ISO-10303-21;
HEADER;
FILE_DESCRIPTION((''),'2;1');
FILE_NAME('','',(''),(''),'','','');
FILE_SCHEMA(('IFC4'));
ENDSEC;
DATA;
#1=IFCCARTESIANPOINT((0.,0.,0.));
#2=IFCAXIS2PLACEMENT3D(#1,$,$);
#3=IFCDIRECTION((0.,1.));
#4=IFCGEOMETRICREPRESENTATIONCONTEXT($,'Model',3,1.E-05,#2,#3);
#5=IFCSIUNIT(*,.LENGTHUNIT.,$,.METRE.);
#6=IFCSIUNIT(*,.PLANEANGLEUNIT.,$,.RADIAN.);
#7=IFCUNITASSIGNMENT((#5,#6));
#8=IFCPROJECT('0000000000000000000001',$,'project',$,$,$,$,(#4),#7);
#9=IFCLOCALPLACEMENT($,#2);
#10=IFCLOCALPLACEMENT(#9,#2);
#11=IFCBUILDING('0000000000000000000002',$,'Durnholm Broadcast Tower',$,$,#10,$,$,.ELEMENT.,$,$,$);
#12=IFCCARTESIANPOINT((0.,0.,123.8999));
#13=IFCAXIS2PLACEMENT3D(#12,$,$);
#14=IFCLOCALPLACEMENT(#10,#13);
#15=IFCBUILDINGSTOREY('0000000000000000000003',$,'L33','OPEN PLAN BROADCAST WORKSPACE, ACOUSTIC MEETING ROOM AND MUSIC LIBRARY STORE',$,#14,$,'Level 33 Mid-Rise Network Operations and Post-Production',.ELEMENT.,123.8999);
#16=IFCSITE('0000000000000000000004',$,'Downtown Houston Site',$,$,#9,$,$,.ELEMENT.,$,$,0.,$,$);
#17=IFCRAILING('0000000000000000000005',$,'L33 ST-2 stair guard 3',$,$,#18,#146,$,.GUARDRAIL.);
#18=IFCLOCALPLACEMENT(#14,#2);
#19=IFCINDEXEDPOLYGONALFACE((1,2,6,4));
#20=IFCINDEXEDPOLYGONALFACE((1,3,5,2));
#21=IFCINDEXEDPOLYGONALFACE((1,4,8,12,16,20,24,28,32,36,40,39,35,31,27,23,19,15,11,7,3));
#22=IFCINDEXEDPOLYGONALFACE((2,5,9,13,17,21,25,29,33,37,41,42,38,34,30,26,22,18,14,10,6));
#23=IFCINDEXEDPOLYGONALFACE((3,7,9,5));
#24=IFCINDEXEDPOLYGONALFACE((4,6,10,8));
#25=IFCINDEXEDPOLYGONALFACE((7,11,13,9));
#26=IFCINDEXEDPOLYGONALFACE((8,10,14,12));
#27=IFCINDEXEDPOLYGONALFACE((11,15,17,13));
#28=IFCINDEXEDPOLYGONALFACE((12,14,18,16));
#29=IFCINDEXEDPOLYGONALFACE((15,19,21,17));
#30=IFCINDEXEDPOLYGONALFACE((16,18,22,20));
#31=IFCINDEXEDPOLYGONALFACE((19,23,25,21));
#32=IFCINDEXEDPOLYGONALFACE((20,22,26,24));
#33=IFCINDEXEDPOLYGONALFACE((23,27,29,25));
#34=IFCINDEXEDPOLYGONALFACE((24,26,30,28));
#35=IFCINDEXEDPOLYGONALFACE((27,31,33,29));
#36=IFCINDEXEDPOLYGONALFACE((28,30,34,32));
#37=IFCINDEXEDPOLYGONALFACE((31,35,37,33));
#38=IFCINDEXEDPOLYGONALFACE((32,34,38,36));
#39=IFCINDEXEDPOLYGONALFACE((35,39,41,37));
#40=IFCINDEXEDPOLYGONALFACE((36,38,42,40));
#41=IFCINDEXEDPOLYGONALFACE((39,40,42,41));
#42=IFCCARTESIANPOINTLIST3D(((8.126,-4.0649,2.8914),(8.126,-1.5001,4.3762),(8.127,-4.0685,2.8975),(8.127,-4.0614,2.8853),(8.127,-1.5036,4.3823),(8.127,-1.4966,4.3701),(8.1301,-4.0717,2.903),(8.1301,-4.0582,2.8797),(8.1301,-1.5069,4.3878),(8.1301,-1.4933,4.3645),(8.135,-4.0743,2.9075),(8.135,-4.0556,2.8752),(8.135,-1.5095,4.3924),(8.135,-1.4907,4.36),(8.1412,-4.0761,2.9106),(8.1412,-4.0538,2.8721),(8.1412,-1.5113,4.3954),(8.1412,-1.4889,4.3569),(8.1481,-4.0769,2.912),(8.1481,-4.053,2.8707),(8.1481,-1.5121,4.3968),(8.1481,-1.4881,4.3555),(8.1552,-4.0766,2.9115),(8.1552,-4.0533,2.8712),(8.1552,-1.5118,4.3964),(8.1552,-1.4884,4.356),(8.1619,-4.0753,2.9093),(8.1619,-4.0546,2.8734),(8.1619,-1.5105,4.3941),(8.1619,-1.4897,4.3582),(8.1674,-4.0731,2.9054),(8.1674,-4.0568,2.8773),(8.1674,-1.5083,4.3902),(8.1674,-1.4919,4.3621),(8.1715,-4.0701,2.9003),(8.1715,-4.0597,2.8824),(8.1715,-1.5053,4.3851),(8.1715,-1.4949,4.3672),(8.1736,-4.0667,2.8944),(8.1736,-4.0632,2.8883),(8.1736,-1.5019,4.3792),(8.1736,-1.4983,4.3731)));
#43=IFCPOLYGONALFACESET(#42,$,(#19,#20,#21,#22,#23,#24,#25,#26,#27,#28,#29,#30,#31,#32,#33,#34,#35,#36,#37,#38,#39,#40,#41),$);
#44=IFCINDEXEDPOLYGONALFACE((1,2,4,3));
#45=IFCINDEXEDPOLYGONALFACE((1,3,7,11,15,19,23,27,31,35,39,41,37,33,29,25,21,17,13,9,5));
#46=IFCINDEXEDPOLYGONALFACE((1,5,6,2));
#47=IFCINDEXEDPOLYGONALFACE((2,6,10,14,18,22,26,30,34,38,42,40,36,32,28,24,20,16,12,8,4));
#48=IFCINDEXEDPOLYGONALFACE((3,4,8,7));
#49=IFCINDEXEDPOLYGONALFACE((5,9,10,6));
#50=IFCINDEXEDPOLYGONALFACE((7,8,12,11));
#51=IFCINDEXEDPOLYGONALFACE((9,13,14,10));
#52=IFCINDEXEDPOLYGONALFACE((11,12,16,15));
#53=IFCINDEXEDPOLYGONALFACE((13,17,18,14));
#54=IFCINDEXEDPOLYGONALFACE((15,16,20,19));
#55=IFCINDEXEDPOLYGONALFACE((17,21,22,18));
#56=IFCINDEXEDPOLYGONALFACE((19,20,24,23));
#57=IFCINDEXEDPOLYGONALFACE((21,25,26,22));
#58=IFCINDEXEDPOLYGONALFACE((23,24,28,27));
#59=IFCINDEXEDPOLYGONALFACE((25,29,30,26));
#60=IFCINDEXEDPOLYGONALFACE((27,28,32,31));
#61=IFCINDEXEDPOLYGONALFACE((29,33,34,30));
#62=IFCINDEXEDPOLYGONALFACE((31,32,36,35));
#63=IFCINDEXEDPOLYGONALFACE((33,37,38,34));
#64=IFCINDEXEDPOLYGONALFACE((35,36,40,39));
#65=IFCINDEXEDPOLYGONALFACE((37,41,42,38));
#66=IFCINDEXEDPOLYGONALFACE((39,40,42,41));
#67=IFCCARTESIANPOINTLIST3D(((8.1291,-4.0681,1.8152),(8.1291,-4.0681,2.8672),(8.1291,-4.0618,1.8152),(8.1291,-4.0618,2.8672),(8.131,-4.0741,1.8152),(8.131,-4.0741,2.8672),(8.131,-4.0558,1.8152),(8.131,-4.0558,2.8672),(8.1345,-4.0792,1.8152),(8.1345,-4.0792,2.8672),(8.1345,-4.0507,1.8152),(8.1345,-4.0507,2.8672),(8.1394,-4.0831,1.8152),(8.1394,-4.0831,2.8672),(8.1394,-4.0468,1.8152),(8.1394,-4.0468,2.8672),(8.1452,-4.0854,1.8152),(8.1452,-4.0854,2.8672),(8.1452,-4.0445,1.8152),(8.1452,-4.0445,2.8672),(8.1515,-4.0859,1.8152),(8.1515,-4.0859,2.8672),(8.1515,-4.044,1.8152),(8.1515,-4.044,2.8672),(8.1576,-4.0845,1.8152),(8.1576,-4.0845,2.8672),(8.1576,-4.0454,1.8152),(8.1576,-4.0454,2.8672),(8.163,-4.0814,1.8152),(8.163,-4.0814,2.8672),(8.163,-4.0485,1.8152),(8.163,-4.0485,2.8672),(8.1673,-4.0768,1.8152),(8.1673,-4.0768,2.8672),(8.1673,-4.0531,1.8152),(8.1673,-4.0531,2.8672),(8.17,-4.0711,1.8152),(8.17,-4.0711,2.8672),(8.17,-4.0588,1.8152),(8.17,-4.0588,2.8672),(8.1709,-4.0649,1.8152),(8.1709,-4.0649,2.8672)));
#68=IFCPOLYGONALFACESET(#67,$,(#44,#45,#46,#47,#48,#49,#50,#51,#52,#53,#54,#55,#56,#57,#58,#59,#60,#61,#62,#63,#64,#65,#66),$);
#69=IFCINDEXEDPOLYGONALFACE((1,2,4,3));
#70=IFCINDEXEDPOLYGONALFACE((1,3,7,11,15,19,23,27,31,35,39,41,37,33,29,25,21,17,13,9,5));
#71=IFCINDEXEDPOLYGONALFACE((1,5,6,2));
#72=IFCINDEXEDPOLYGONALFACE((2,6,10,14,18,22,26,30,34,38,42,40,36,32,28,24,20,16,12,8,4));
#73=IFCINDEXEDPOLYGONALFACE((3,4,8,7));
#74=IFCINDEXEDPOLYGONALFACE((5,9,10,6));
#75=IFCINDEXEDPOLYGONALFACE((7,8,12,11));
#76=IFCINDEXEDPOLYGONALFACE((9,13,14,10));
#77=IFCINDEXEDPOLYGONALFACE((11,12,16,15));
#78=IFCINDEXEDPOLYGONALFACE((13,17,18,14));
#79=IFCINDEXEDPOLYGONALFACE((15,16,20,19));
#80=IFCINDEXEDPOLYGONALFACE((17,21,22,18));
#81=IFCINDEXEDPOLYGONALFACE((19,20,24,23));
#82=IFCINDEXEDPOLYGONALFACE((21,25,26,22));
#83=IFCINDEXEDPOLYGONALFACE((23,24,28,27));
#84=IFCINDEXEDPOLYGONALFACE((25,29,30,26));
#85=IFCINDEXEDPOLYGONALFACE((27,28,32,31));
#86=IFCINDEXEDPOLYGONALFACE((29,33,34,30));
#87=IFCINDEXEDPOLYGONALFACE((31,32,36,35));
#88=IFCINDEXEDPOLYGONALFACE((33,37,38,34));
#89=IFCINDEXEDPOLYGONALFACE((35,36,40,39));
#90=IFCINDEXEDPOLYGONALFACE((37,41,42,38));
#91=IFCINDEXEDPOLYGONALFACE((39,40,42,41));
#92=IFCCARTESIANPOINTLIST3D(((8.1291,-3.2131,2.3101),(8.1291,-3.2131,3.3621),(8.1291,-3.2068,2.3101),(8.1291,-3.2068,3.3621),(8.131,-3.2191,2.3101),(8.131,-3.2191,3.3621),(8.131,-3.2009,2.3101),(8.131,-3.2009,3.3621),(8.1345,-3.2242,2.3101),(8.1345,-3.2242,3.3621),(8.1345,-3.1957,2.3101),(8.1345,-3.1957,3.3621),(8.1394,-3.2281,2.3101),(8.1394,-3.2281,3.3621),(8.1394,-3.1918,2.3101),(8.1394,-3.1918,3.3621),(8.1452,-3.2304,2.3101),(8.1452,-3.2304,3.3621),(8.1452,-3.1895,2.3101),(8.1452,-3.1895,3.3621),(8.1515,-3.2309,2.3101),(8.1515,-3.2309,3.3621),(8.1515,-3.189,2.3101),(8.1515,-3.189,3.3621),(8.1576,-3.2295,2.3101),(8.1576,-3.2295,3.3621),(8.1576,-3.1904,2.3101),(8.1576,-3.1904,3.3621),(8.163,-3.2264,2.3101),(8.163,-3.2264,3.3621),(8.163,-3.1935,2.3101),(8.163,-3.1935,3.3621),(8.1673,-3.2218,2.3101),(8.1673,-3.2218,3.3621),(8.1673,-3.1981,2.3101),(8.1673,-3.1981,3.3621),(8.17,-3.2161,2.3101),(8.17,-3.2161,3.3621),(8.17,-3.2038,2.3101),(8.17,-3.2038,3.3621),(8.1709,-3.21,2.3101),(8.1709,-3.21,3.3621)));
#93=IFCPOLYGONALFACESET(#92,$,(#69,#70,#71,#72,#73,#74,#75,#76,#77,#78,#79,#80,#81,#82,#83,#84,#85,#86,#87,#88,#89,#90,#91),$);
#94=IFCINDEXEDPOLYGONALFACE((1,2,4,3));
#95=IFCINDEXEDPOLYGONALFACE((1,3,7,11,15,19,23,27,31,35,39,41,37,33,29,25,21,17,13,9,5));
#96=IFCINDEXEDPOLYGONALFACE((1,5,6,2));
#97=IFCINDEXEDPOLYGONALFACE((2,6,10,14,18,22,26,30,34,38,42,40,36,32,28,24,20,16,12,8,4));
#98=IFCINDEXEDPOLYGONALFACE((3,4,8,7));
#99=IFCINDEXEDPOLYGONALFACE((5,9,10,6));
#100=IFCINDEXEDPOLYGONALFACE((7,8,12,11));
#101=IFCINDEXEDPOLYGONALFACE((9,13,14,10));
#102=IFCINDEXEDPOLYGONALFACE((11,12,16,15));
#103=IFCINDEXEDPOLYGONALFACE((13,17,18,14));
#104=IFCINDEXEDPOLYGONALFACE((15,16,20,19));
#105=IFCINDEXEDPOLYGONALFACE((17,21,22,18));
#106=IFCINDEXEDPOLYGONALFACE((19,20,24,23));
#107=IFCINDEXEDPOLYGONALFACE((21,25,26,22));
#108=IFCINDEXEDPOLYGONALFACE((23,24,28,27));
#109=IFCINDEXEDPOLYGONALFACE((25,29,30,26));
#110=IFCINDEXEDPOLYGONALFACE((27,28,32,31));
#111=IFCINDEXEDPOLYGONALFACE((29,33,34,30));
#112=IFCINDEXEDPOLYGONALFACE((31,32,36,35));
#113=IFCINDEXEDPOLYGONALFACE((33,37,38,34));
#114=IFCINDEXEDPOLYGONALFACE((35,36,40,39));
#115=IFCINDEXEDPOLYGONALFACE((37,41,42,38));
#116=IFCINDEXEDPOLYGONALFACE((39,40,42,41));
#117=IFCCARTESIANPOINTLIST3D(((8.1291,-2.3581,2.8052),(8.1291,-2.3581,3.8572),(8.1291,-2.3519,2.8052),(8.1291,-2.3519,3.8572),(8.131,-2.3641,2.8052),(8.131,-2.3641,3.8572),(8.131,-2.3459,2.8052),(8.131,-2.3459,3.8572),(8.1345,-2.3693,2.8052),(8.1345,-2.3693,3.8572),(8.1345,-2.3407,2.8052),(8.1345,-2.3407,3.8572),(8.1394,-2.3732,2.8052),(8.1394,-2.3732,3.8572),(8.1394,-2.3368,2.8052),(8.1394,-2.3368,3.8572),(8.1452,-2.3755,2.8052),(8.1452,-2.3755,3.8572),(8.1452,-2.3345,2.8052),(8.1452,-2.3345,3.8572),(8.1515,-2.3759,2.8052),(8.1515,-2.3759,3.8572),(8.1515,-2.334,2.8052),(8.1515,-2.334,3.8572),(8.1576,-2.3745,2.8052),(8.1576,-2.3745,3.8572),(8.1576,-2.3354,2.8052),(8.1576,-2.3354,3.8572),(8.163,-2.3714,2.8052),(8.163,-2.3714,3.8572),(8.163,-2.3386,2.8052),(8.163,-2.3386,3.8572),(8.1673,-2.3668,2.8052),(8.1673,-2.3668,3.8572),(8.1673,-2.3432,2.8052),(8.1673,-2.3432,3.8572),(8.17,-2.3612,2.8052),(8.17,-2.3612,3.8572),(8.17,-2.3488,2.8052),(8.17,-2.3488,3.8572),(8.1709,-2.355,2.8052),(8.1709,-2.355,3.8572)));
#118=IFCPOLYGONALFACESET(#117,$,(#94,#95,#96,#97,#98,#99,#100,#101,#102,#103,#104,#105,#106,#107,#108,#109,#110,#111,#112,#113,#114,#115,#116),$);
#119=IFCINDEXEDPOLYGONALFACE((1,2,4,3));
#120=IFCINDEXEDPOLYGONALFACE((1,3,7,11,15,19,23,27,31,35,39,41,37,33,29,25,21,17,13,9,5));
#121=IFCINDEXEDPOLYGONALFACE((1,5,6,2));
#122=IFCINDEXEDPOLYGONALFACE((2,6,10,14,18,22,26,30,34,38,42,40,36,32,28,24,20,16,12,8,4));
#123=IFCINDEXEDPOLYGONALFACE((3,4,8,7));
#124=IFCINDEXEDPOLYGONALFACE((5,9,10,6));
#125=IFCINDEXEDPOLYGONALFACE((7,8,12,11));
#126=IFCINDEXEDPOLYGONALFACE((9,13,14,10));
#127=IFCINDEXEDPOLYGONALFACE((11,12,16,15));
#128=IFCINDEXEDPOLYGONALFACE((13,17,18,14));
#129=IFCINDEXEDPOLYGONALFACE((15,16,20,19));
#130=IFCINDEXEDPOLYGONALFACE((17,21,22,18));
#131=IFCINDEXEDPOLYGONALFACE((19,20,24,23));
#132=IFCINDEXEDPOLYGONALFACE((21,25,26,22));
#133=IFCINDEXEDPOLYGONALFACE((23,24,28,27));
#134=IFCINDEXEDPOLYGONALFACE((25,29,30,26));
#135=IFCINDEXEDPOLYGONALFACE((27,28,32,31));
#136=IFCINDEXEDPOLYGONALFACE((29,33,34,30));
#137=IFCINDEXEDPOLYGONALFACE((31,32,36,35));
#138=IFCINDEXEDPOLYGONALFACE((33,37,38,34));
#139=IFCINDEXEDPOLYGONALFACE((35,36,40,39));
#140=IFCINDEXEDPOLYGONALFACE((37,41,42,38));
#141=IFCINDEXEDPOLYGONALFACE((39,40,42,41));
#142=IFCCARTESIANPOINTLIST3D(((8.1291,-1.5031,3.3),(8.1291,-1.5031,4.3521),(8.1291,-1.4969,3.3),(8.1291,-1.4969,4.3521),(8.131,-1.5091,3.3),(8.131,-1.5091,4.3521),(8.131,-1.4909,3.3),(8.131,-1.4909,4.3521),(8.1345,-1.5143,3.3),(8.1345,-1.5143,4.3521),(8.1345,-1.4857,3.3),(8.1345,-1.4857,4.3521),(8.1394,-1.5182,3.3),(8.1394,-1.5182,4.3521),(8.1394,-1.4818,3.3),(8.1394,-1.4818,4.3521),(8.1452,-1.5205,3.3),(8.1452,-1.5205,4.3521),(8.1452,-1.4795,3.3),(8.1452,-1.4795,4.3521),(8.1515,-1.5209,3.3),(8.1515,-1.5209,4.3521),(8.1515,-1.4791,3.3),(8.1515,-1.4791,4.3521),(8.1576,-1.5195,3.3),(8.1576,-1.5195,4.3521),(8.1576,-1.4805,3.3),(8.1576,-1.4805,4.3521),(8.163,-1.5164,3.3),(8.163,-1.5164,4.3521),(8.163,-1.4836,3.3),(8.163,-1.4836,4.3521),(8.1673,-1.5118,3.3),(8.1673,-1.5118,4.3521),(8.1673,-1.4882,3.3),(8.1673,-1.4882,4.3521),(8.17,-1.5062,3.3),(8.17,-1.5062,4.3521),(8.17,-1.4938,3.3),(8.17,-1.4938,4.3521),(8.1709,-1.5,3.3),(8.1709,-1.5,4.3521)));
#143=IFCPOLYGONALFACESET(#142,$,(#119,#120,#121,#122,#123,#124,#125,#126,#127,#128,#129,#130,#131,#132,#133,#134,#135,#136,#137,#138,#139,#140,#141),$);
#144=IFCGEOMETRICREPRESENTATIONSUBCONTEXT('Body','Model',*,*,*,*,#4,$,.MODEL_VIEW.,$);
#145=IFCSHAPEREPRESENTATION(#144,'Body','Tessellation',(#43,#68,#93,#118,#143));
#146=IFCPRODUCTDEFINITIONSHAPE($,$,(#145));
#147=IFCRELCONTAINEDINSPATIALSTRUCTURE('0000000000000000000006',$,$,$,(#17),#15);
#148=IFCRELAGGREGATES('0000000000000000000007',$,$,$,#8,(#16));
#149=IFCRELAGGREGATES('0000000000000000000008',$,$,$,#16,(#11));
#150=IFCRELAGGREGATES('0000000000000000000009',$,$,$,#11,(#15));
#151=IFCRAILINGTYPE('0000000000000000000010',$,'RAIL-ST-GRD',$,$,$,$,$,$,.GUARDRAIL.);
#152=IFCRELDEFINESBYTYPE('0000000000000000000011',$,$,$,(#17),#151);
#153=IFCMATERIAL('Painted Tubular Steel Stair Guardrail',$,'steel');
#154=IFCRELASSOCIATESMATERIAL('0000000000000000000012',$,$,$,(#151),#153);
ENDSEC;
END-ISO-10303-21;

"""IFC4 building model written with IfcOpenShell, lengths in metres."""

from ifc_helpers import new_model, si_unit, direction, frame, origin, origin_2d, place, context, subcontext, project, spatial, circle, extrude, material, type_object, element, save


model = new_model("IFC4")

# Units and contexts
model_context = context("Model", 3, precision=1e-05, world=origin(), true_north=direction((0.0, 1.0)))
body_context = subcontext(model_context, "Body", "Model", "MODEL_VIEW")
ifc_project = project(units=[si_unit("LENGTHUNIT", "METRE"), si_unit("PLANEANGLEUNIT", "RADIAN")], contexts=[model_context])

# Site, building, storey
site_placement = place(None, origin())
site = spatial("IfcSite", under=ifc_project, at=site_placement, Name="Downtown Houston Site", CompositionType="ELEMENT", RefElevation=0.0)
building_placement = place(site_placement, origin())
building = spatial("IfcBuilding", under=site, at=building_placement, Name="Durnholm Broadcast Tower", CompositionType="ELEMENT")
storey_placement = place(building_placement, frame((0.0, 0.0, 123.8999)))
storey = spatial("IfcBuildingStorey", under=building, at=storey_placement, Name="L33", Description="OPEN PLAN BROADCAST WORKSPACE, ACOUSTIC MEETING ROOM AND MUSIC LIBRARY STORE", LongName="Level 33 Mid-Rise Network Operations and Post-Production", CompositionType="ELEMENT", Elevation=123.8999)

# Railing
ifc_material_1 = material(Name="Painted Tubular Steel Stair Guardrail", Category="steel")
railing_type_1 = type_object("IfcRailingType", Name="RAIL-ST-GRD", PredefinedType="GUARDRAIL", material=ifc_material_1)
railing_1_placement = place(storey_placement, frame((8.1499, -4.0649, 1.8152)))
element("IfcRailing", 1, at=railing_1_placement, inside=storey, type_object=railing_type_1, Name="L33 ST-2 stair guard 3", PredefinedType="GUARDRAIL", context=body_context, shape_type="SweptSolid", body=[
    extrude(circle(Radius=0.0239, at=origin_2d()), frame((0.0, 0.0, 1.0762), z_axis=(0.0, 0.865441, 0.50101), x_axis=(-1.0, 0.0, 0.0)), (0.0, 0.0, 1.0), 2.9636),
    extrude(circle(Radius=0.021, at=origin_2d()), origin(), (0.0, 0.0, 1.0), 1.052),
    extrude(circle(Radius=0.021, at=origin_2d()), frame((0.0, 0.855, 0.4949)), (0.0, 0.0, 1.0), 1.052),
    extrude(circle(Radius=0.021, at=origin_2d()), frame((0.0, 1.71, 0.99)), (0.0, 0.0, 1.0), 1.052),
    extrude(circle(Radius=0.021, at=origin_2d()), frame((0.0, 2.5649, 1.4849)), (0.0, 0.0, 1.0), 1.052),
])

save(model, "model.ifc")
